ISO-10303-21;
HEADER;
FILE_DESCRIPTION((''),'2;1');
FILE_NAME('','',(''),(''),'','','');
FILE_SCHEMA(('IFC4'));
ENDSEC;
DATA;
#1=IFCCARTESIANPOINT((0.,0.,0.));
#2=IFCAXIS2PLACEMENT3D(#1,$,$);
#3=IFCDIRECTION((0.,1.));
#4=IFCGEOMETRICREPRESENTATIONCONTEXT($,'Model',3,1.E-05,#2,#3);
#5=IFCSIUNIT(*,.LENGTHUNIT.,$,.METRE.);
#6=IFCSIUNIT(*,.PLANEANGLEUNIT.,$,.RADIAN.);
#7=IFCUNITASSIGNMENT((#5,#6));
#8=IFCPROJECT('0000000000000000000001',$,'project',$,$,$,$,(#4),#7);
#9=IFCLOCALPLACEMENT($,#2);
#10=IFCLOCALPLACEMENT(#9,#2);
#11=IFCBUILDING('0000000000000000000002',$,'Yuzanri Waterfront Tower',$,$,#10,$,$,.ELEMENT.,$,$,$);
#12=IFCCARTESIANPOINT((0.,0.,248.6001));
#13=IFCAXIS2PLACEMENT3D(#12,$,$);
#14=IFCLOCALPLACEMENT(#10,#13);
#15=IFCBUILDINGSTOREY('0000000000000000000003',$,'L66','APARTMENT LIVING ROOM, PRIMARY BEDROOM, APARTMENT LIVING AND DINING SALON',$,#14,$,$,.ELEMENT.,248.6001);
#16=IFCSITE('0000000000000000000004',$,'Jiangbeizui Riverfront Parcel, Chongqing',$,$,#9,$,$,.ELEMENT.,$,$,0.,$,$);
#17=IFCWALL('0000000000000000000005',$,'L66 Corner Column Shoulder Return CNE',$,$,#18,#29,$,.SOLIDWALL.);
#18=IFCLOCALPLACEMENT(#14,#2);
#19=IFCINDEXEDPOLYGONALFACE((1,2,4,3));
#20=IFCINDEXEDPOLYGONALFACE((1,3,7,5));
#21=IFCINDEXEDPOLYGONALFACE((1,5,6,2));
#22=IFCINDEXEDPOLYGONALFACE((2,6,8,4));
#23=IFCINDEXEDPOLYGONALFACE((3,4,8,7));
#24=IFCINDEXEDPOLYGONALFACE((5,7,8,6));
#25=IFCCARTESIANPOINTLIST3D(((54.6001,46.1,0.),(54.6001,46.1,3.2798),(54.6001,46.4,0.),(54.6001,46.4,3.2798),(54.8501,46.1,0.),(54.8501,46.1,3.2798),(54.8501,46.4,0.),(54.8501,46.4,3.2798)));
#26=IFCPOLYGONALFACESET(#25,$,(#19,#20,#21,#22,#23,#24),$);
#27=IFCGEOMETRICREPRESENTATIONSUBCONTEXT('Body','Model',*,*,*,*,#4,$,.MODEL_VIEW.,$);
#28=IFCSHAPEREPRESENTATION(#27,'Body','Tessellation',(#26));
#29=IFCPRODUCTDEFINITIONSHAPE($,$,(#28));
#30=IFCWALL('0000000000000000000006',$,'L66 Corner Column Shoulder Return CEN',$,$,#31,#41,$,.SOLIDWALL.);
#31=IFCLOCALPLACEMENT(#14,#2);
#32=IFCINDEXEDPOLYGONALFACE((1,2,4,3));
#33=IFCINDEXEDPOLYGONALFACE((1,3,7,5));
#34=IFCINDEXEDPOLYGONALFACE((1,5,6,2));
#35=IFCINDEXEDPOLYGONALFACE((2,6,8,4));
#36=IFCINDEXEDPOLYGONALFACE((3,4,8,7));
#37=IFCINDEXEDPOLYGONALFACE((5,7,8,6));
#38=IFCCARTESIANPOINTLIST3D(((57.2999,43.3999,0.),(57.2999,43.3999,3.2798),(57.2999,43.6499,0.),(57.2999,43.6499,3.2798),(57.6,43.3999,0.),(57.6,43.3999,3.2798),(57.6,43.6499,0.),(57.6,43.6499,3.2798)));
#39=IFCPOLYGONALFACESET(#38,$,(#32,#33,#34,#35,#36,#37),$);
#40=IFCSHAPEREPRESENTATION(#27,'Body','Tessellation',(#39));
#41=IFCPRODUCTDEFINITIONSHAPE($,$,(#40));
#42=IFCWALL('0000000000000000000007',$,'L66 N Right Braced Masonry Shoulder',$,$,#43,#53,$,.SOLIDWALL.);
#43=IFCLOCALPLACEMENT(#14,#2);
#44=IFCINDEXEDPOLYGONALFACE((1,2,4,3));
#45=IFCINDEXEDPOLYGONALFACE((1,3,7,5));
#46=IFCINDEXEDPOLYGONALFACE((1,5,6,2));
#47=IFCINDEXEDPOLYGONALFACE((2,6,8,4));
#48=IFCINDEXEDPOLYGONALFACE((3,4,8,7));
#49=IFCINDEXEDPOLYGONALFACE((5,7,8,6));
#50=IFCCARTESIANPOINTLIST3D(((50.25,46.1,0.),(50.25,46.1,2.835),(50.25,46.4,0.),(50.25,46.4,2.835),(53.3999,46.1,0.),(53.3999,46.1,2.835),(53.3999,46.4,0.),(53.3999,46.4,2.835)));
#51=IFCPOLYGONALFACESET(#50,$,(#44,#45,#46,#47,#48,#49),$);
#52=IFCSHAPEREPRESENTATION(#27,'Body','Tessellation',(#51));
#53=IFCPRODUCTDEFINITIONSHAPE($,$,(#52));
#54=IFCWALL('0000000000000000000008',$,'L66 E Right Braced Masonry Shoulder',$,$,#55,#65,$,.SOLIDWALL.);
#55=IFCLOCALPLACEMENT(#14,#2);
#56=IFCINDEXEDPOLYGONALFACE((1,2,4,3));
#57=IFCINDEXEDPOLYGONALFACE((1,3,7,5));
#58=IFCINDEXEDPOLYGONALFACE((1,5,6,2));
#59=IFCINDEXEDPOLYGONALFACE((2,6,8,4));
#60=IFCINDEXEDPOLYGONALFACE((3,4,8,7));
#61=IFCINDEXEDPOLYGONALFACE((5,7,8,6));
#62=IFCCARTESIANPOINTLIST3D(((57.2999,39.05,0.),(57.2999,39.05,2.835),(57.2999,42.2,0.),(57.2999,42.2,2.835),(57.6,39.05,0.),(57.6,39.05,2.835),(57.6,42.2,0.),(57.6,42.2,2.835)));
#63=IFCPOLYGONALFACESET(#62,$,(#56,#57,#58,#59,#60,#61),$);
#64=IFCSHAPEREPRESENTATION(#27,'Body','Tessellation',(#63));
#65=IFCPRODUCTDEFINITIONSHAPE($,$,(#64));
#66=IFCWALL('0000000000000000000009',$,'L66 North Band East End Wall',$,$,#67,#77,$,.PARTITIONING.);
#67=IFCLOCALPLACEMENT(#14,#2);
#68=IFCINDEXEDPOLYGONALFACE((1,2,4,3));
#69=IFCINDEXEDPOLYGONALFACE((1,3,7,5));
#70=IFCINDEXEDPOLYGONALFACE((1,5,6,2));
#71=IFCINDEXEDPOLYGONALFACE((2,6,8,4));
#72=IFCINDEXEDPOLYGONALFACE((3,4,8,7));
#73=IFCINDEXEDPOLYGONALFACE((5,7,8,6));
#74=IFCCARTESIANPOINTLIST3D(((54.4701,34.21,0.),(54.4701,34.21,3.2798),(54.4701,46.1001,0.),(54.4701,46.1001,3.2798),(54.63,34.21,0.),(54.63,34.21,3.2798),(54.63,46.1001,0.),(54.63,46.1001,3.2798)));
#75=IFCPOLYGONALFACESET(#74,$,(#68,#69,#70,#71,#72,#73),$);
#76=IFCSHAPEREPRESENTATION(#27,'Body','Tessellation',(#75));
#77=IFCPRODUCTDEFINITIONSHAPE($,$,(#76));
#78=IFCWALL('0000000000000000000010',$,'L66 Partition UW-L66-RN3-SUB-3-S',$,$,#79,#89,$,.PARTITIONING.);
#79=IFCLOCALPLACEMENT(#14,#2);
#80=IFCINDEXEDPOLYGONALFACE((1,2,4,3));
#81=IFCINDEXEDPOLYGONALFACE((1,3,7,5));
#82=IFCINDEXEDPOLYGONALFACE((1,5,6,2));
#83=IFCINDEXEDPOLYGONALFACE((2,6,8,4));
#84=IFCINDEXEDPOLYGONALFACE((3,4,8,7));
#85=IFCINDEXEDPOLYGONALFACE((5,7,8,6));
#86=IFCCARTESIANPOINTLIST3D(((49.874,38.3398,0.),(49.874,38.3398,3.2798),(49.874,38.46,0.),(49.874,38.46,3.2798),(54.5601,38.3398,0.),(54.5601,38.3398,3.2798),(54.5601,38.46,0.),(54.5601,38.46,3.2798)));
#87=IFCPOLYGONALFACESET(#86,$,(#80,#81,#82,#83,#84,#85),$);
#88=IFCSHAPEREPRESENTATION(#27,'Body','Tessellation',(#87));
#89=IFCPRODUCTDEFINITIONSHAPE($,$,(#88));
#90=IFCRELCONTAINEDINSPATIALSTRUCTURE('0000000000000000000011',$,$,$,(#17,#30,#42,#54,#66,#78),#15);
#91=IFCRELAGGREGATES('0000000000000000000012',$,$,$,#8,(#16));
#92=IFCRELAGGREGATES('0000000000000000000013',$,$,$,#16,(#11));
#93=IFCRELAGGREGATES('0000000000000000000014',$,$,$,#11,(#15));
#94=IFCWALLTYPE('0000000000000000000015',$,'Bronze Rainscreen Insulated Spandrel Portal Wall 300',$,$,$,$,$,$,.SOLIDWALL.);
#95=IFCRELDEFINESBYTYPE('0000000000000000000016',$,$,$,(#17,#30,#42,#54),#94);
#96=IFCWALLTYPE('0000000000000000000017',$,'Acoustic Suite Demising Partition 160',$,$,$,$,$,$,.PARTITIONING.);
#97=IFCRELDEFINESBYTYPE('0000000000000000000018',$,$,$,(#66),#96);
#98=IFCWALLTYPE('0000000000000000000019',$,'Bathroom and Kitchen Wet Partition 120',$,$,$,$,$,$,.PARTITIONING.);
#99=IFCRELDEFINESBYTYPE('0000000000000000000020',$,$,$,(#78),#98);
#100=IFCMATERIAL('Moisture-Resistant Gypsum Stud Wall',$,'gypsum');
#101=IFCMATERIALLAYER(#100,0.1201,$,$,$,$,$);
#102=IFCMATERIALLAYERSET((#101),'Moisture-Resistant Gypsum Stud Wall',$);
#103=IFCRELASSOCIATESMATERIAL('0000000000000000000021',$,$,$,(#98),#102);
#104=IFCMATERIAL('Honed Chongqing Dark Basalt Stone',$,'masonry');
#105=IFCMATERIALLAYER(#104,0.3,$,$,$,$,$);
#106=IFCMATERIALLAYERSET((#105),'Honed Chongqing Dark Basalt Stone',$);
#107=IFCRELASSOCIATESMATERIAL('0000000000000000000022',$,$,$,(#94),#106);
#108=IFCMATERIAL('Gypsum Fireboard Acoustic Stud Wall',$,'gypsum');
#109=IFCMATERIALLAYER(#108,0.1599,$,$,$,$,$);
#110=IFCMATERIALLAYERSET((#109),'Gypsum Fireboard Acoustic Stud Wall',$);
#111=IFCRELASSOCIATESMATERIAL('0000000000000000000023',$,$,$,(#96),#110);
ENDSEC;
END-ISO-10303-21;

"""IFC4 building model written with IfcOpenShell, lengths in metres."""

from ifc_helpers import new_model, si_unit, direction, frame, frame_2d, origin, place, context, subcontext, project, spatial, rectangle, extrude, source, transform, mapped, material, layer, layer_set, type_object, element, save


model = new_model("IFC4")

# Units and contexts
model_context = context("Model", 3, precision=1e-05, world=origin(), true_north=direction((0.0, 1.0)))
body_context = subcontext(model_context, "Body", "Model", "MODEL_VIEW")
ifc_project = project(units=[si_unit("LENGTHUNIT", "METRE"), si_unit("PLANEANGLEUNIT", "RADIAN")], contexts=[model_context])

# Site, building, storey
site_placement = place(None, origin())
site = spatial("IfcSite", under=ifc_project, at=site_placement, Name="Jiangbeizui Riverfront Parcel, Chongqing", CompositionType="ELEMENT", RefElevation=0.0)
building_placement = place(site_placement, origin())
building = spatial("IfcBuilding", under=site, at=building_placement, Name="Yuzanri Waterfront Tower", CompositionType="ELEMENT")
storey_placement = place(building_placement, frame((0.0, 0.0, 248.6001)))
storey = spatial("IfcBuildingStorey", under=building, at=storey_placement, Name="L66", Description="APARTMENT LIVING ROOM, PRIMARY BEDROOM, APARTMENT LIVING AND DINING SALON", CompositionType="ELEMENT", Elevation=248.6001)

# Shared definitions
ifc_material_1 = material(Name="Moisture-Resistant Gypsum Stud Wall", Category="gypsum")
ifc_layer_1 = layer(ifc_material_1, 0.1201)
ifc_layer_set_1 = layer_set([ifc_layer_1], Name="Moisture-Resistant Gypsum Stud Wall")
wall_type_1 = type_object("IfcWallType", Name="Bathroom and Kitchen Wet Partition 120", PredefinedType="PARTITIONING", material=ifc_layer_set_1)

# Shared definitions
ifc_material_2 = material(Name="Honed Chongqing Dark Basalt Stone", Category="masonry")
ifc_layer_2 = layer(ifc_material_2, 0.3)
ifc_layer_set_2 = layer_set([ifc_layer_2], Name="Honed Chongqing Dark Basalt Stone")
wall_type_2 = type_object("IfcWallType", Name="Bronze Rainscreen Insulated Spandrel Portal Wall 300", PredefinedType="SOLIDWALL", material=ifc_layer_set_2)

# Walls
shared_shape_1 = source(origin(), body_context, "Body", "SweptSolid", [
    extrude(rectangle(XDim=0.25, YDim=0.3, at=frame_2d((0.125, 0.0))), origin(), (0.0, 0.0, 1.0), 3.2798),
])
for number, where, z_axis, x_axis, name in (
    (1, (54.6001, 46.25, 0.0), (0.0, 0.0, 1.0), (1.0, 0.0, 0.0), "L66 Corner Column Shoulder Return CNE"),
    (2, (57.45, 43.3999, 0.0), (0.0, 0.0, 1.0), (0.0, 1.0, 0.0), "L66 Corner Column Shoulder Return CEN"),
):
    element("IfcWall", number, at=place(storey_placement, frame(where, z_axis=z_axis, x_axis=x_axis)), inside=storey, type_object=wall_type_2, Name=name, PredefinedType="SOLIDWALL", context=body_context, shape_type="MappedRepresentation", body=[
        mapped(shared_shape_1, transform((0.0, 0.0, 0.0), scale=1.0)),
    ])
shared_shape_2 = source(origin(), body_context, "Body", "SweptSolid", [
    extrude(rectangle(XDim=3.1499, YDim=0.3, at=frame_2d((1.575, 0.0))), origin(), (0.0, 0.0, 1.0), 2.835),
])
for number, where, z_axis, x_axis, name in (
    (3, (50.25, 46.25, 0.0), (0.0, 0.0, 1.0), (1.0, 0.0, 0.0), "L66 N Right Braced Masonry Shoulder"),
    (4, (57.45, 39.05, 0.0), (0.0, 0.0, 1.0), (0.0, 1.0, 0.0), "L66 E Right Braced Masonry Shoulder"),
):
    element("IfcWall", number, at=place(storey_placement, frame(where, z_axis=z_axis, x_axis=x_axis)), inside=storey, type_object=wall_type_2, Name=name, PredefinedType="SOLIDWALL", context=body_context, shape_type="MappedRepresentation", body=[
        mapped(shared_shape_2, transform((0.0, 0.0, 0.0), scale=1.0)),
    ])
ifc_material_3 = material(Name="Gypsum Fireboard Acoustic Stud Wall", Category="gypsum")
ifc_layer_3 = layer(ifc_material_3, 0.1599)
ifc_layer_set_3 = layer_set([ifc_layer_3], Name="Gypsum Fireboard Acoustic Stud Wall")
wall_type_3 = type_object("IfcWallType", Name="Acoustic Suite Demising Partition 160", PredefinedType="PARTITIONING", material=ifc_layer_set_3)
shared_shape_3 = source(origin(), body_context, "Body", "SweptSolid", [
    extrude(rectangle(XDim=11.8901, YDim=0.1599, at=frame_2d((5.9451, 0.0))), origin(), (0.0, 0.0, 1.0), 3.2798),
])
wall_1_placement = place(storey_placement, frame((54.55, 34.21, 0.0), z_axis=(0.0, 0.0, 1.0), x_axis=(0.0, 1.0, 0.0)))
element("IfcWall", 5, at=wall_1_placement, inside=storey, type_object=wall_type_3, Name="L66 North Band East End Wall", PredefinedType="PARTITIONING", context=body_context, shape_type="MappedRepresentation", body=[
    mapped(shared_shape_3, transform((0.0, 0.0, 0.0), scale=1.0)),
])
shared_shape_4 = source(origin(), body_context, "Body", "SweptSolid", [
    extrude(rectangle(XDim=4.686, YDim=0.1201, at=frame_2d((2.343, 0.0))), origin(), (0.0, 0.0, 1.0), 3.2798),
])
wall_2_placement = place(storey_placement, frame((49.874, 38.3999, 0.0), z_axis=(0.0, 0.0, 1.0), x_axis=(1.0, 0.0, 0.0)))
element("IfcWall", 6, at=wall_2_placement, inside=storey, type_object=wall_type_1, Name="L66 Partition UW-L66-RN3-SUB-3-S", PredefinedType="PARTITIONING", context=body_context, shape_type="MappedRepresentation", body=[
    mapped(shared_shape_4, transform((0.0, 0.0, 0.0), scale=1.0)),
])

save(model, "model.ifc")
